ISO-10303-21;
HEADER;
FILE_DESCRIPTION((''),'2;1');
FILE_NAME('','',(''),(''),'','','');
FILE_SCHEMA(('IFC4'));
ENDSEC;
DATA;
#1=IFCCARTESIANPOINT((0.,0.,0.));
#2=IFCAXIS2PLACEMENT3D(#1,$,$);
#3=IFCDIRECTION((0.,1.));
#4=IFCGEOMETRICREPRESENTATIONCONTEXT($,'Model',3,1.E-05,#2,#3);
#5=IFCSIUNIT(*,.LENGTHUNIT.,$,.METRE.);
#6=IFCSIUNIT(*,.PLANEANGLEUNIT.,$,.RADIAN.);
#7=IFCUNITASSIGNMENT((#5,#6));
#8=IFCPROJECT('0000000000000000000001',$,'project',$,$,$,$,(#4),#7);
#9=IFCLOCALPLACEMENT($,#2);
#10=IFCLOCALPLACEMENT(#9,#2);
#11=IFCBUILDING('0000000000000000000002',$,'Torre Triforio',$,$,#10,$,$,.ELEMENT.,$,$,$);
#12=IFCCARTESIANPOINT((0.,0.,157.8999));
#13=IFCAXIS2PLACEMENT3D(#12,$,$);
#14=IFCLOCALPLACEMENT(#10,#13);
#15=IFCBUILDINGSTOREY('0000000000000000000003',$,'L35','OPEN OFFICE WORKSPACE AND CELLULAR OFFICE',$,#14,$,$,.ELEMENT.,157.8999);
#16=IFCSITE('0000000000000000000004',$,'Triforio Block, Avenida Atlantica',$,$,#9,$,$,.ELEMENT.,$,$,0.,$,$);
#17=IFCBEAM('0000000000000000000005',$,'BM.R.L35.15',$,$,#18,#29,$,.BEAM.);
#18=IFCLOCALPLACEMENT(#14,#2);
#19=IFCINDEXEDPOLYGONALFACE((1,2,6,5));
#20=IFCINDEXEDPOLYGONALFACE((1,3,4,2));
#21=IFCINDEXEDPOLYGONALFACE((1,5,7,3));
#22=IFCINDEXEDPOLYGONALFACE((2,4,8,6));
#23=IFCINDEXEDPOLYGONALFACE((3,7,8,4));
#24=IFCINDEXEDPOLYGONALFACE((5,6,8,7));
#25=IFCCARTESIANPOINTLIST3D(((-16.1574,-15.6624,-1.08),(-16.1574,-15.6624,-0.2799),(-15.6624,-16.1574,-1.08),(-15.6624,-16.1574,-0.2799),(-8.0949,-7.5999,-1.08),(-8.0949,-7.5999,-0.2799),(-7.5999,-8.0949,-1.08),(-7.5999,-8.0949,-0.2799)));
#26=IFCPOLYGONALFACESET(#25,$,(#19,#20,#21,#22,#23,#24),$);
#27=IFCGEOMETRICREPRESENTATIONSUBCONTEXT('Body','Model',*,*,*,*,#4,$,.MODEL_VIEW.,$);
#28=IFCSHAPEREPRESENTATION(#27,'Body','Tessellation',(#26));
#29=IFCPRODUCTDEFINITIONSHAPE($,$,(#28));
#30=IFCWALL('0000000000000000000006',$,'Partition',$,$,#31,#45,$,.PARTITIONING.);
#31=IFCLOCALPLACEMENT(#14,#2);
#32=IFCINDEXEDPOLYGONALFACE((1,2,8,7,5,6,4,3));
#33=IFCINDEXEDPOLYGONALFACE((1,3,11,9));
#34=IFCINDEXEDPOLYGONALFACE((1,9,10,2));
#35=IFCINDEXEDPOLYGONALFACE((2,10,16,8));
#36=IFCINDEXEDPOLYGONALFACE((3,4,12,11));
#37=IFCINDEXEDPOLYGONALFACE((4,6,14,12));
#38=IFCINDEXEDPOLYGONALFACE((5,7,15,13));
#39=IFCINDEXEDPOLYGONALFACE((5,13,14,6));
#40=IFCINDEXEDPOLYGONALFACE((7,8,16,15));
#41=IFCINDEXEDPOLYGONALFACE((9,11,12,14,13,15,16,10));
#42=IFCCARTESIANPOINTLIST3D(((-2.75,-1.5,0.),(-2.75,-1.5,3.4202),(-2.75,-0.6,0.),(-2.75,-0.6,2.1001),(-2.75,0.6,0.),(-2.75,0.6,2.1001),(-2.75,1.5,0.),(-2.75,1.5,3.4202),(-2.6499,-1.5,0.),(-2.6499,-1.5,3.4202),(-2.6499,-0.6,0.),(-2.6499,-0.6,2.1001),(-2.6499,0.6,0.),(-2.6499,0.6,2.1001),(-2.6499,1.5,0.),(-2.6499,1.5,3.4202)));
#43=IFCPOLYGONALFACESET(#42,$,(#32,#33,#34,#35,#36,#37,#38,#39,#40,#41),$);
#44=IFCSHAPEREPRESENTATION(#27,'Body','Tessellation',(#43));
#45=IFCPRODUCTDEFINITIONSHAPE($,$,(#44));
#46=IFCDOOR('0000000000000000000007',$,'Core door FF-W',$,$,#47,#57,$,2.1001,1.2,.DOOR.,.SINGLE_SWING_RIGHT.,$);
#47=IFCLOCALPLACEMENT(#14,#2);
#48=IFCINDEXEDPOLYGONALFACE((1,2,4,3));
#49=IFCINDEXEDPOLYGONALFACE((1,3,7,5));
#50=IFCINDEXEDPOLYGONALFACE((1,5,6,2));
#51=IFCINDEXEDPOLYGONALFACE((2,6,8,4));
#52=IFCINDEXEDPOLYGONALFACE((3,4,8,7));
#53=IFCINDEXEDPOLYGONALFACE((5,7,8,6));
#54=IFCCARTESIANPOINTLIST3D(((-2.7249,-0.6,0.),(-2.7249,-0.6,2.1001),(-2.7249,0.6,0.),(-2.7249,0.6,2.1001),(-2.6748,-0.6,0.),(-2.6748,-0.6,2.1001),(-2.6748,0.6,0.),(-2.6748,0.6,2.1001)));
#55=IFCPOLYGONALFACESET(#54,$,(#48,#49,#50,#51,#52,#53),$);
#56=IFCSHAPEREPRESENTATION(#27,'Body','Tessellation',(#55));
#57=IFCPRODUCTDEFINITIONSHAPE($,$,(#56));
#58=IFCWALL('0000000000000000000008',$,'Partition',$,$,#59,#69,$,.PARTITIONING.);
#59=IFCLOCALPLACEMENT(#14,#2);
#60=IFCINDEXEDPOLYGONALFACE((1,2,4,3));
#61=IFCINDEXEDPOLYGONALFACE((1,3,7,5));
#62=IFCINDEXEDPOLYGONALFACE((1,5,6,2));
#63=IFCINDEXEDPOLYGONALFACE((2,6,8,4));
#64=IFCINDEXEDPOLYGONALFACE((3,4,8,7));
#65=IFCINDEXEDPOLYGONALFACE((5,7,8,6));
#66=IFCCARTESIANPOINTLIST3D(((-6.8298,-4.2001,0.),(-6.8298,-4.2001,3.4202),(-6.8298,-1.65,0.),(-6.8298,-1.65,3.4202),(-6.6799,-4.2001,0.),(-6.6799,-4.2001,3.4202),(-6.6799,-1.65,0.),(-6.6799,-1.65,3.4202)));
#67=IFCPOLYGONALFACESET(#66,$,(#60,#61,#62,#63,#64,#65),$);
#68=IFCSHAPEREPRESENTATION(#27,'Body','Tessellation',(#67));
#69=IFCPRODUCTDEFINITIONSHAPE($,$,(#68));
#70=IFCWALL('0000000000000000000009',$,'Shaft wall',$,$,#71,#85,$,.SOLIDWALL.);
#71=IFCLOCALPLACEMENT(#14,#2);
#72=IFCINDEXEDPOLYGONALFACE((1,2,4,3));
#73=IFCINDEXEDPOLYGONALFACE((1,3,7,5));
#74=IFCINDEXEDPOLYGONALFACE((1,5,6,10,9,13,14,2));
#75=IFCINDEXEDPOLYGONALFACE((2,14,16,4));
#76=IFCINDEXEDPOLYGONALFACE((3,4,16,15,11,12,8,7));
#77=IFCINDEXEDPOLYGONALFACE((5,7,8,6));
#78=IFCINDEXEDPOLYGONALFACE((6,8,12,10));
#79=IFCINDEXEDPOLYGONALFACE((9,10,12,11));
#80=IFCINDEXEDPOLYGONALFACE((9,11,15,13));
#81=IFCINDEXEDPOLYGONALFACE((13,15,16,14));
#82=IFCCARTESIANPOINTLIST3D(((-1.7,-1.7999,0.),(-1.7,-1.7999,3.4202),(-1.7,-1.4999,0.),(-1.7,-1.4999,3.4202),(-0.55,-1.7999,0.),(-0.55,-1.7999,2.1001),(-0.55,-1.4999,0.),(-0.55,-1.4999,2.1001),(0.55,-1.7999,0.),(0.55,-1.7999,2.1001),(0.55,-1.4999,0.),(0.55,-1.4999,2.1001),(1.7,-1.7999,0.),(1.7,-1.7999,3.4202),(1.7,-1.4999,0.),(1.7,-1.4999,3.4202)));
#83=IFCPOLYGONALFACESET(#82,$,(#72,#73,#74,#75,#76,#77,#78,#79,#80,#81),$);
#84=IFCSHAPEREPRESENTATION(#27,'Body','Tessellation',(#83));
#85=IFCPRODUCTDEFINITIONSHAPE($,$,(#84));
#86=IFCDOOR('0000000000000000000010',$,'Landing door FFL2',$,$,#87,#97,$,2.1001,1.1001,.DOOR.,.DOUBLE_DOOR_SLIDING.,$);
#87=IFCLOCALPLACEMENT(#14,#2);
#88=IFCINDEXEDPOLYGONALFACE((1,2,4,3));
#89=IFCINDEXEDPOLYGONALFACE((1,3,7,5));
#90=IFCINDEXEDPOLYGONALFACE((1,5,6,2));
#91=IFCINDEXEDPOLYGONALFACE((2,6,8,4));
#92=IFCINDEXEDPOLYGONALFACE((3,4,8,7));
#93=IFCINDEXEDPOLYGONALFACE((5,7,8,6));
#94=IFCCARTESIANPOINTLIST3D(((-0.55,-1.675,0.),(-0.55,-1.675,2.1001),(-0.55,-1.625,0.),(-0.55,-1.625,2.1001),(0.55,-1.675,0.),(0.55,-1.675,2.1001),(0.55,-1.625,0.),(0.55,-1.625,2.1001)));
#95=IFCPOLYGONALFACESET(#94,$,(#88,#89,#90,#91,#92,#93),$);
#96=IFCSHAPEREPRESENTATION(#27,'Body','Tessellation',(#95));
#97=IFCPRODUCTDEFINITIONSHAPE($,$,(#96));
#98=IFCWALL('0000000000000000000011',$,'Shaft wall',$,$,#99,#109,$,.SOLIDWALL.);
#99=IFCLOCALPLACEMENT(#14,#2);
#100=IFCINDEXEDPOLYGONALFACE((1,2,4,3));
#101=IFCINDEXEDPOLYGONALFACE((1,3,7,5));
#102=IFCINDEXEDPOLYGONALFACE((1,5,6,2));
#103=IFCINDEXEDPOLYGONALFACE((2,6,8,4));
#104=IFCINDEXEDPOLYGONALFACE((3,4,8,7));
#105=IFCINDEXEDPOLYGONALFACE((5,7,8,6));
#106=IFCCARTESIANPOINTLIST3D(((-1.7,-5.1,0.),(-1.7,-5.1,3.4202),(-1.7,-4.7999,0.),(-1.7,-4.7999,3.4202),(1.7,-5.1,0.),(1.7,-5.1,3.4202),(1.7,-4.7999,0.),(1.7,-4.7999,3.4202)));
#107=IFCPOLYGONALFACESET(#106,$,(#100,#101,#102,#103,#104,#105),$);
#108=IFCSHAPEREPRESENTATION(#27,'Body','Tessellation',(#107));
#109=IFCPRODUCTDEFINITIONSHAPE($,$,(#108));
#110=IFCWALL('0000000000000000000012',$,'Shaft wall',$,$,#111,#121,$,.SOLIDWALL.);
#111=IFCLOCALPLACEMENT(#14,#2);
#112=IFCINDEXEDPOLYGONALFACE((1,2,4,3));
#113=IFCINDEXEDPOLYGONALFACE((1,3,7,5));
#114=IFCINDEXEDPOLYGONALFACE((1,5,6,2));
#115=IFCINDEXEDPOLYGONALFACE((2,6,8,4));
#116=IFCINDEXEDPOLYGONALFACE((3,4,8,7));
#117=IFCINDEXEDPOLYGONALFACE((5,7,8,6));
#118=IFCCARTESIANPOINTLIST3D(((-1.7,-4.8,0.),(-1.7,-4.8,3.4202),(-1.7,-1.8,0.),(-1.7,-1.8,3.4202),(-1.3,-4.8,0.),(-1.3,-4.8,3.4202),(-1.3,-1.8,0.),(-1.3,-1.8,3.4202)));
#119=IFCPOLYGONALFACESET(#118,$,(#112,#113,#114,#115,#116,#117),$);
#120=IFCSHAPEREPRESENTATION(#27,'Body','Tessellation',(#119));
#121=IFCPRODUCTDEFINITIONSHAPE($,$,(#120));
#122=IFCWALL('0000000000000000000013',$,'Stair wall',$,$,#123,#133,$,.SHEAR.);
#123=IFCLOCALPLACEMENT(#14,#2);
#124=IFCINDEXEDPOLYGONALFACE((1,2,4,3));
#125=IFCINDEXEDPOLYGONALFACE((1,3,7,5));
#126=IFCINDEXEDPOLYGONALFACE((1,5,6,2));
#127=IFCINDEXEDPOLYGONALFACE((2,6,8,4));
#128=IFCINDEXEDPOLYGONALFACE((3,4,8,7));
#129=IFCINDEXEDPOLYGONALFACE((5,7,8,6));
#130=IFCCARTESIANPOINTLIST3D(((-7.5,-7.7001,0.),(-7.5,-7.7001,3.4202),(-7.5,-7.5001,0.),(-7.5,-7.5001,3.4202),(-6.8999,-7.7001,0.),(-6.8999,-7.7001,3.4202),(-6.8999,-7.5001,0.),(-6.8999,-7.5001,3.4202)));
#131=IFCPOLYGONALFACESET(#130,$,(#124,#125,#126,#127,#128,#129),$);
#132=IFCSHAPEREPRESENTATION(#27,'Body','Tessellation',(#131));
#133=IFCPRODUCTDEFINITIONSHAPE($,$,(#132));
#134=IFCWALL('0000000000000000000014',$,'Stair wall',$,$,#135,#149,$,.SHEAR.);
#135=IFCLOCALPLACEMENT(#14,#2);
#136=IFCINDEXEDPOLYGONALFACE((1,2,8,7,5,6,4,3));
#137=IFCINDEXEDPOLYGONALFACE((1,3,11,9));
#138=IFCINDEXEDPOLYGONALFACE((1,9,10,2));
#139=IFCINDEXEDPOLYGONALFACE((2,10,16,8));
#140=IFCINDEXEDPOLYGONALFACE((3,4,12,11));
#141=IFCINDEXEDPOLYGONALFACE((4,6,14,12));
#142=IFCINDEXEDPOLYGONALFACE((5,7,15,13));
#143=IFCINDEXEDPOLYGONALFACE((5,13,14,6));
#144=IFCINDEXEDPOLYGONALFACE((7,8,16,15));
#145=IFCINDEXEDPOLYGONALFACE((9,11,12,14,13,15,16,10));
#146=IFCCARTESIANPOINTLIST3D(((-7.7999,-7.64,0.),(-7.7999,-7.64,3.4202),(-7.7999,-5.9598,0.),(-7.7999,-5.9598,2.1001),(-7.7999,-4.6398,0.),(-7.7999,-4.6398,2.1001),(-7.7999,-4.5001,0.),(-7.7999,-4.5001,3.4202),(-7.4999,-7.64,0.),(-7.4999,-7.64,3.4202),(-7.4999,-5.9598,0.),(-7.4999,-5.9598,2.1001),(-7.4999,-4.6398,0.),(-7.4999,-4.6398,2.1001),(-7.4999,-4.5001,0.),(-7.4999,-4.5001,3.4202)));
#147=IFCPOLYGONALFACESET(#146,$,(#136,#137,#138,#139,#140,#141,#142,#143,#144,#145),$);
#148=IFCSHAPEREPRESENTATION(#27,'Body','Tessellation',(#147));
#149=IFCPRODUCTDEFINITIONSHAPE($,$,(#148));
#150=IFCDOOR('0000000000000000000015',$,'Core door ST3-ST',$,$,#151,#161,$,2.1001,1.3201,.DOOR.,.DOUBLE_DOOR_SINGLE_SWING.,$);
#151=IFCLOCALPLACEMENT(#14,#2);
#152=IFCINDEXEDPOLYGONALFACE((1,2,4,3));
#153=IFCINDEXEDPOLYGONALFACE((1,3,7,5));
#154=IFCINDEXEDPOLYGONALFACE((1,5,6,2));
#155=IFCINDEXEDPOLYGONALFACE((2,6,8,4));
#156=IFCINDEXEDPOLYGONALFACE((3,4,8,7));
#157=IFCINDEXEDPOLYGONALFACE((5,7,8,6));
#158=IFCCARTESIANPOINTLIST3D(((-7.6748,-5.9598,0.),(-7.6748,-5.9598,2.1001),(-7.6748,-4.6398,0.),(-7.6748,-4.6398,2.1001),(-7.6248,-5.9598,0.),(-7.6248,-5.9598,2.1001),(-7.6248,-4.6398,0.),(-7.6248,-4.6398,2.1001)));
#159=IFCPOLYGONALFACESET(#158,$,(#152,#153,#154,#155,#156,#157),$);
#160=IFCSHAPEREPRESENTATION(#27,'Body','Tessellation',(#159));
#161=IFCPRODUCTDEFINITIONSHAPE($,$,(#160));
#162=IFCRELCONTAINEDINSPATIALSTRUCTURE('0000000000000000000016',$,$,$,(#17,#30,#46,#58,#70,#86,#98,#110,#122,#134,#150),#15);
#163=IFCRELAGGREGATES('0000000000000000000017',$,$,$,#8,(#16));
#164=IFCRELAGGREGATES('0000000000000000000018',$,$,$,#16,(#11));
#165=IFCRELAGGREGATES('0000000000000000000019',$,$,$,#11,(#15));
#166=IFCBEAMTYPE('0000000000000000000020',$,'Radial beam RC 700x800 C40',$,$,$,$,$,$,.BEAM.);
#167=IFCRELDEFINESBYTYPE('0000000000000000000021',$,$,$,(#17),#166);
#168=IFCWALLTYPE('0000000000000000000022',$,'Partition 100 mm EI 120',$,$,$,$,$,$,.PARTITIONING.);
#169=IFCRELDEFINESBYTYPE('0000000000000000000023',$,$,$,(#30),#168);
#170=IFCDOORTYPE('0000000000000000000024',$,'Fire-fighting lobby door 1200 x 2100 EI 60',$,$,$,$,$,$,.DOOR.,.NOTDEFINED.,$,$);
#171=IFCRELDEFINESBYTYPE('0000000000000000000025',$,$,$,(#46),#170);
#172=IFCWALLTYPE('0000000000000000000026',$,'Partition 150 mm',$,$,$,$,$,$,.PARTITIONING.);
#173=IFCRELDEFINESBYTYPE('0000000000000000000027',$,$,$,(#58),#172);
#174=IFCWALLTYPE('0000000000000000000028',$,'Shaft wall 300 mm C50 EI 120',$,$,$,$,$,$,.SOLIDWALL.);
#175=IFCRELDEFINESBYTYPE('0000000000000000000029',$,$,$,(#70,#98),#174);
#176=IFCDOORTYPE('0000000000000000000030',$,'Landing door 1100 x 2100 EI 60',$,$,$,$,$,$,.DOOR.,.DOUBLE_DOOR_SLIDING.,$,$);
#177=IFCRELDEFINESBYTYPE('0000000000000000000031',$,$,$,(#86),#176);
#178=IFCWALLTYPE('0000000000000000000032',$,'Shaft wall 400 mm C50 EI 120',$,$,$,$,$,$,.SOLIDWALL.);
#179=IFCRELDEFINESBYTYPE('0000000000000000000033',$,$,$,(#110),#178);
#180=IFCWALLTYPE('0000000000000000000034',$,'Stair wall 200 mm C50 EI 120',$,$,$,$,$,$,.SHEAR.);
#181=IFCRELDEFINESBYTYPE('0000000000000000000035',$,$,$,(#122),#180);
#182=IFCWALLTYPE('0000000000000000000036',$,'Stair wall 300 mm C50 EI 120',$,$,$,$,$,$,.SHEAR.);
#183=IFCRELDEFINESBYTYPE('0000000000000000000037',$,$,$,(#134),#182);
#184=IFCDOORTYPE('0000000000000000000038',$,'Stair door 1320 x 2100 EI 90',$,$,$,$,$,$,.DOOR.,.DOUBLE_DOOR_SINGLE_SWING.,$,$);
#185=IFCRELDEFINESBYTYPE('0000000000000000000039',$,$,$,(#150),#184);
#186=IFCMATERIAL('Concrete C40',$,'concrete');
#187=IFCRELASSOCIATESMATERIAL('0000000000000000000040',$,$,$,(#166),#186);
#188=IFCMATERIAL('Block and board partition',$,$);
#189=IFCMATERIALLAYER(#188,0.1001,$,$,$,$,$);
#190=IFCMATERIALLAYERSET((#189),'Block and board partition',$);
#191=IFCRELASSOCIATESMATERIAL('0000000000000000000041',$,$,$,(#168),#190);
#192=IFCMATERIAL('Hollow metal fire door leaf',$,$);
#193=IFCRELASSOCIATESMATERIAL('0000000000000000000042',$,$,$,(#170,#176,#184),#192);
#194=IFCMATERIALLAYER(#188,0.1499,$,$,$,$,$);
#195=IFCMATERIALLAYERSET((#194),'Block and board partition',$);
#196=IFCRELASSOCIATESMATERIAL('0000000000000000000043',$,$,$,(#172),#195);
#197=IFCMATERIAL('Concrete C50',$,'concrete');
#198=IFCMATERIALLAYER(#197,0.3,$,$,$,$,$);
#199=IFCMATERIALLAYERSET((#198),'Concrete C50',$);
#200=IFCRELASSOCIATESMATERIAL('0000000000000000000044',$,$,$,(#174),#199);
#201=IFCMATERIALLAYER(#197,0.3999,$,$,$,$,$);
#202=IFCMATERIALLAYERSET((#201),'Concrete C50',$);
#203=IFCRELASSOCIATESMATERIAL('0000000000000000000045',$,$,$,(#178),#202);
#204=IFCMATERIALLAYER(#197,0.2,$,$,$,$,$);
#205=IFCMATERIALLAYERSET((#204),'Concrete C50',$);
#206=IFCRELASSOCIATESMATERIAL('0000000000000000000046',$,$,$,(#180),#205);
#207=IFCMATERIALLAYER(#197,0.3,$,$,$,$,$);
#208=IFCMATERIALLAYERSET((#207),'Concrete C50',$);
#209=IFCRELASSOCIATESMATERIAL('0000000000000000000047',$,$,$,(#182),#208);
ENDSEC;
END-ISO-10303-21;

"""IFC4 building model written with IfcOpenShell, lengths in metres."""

from ifc_helpers import new_model, si_unit, direction, frame, frame_2d, origin, origin_2d, place, context, subcontext, project, spatial, rectangle, extrude, material, layer, layer_set, material_profile, profile_set, type_object, element, fill, save


model = new_model("IFC4")

# Units and contexts
model_context = context("Model", 3, precision=1e-05, world=origin(), true_north=direction((0.0, 1.0)))
body_context = subcontext(model_context, "Body", "Model", "MODEL_VIEW")
ifc_project = project(units=[si_unit("LENGTHUNIT", "METRE"), si_unit("PLANEANGLEUNIT", "RADIAN")], contexts=[model_context])

# Site, building, storey
site_placement = place(None, origin())
site = spatial("IfcSite", under=ifc_project, at=site_placement, Name="Triforio Block, Avenida Atlantica", CompositionType="ELEMENT", RefElevation=0.0)
building_placement = place(site_placement, origin())
building = spatial("IfcBuilding", under=site, at=building_placement, Name="Torre Triforio", CompositionType="ELEMENT")
storey_placement = place(building_placement, frame((0.0, 0.0, 157.8999)))
storey = spatial("IfcBuildingStorey", under=building, at=storey_placement, Name="L35", Description="OPEN OFFICE WORKSPACE AND CELLULAR OFFICE", CompositionType="ELEMENT", Elevation=157.8999)

# Beam
ifc_material_1 = material(Name="Concrete C40", Category="concrete")
ifc_material_profile = material_profile(ifc_material_1, rectangle(XDim=0.7, YDim=0.8, at=origin_2d()), Name="RC 700x800")
ifc_profile_set = profile_set([ifc_material_profile], Name="Concrete C40")
beam_type = type_object("IfcBeamType", Name="Radial beam RC 700x800 C40", PredefinedType="BEAM", material=ifc_profile_set)
beam_placement = place(storey_placement, frame((-7.8474, -7.8474, -0.6799), z_axis=(-0.707107, -0.707107, 0.0), x_axis=(0.707107, -0.707107, 0.0)))
element("IfcBeam", 1, at=beam_placement, inside=storey, type_object=beam_type, Name="BM.R.L35.15", PredefinedType="BEAM", context=body_context, shape_type="SweptSolid", body=[
    extrude(rectangle(XDim=0.7, YDim=0.8, at=origin_2d()), origin(), (0.0, 0.0, 1.0), 11.4021),
])

# Wall, opening, door
ifc_material_2 = material(Name="Block and board partition")
ifc_layer_1 = layer(ifc_material_2, 0.1001)
ifc_layer_set_1 = layer_set([ifc_layer_1], Name="Block and board partition")
wall_type_1 = type_object("IfcWallType", Name="Partition 100 mm EI 120", PredefinedType="PARTITIONING", material=ifc_layer_set_1)
wall_1_placement = place(storey_placement, frame((-2.7, -1.5, 0.0), z_axis=(0.0, 0.0, 1.0), x_axis=(0.0, 1.0, 0.0)))
wall_1 = element("IfcWall", 2, at=wall_1_placement, inside=storey, type_object=wall_type_1, Name="Partition", PredefinedType="PARTITIONING", context=body_context, shape_type="SweptSolid", body=[
    extrude(rectangle(XDim=3.0, YDim=0.1001, at=frame_2d((1.5, 0.0))), origin(), (0.0, 0.0, 1.0), 3.4202),
])
opening_1_placement = place(wall_1_placement, frame((0.8999, 0.0, 0.0)))
opening_1 = element("IfcOpeningElement", 3, at=opening_1_placement, cuts=wall_1, PredefinedType="OPENING", context=body_context, shape_type="SweptSolid", body=[
    extrude(rectangle(XDim=1.2, YDim=2.1001, at=frame_2d((0.6001, 1.05))), frame((0.0, 0.0601, 0.0), z_axis=(0.0, -1.0, 0.0), x_axis=(1.0, 0.0, 0.0)), (0.0, 0.0, 1.0), 0.1201),
])
ifc_material_3 = material(Name="Hollow metal fire door leaf")
door_type_1 = type_object("IfcDoorType", Name="Fire-fighting lobby door 1200 x 2100 EI 60", OperationType="NOTDEFINED", PredefinedType="DOOR", material=ifc_material_3)
door_1_placement = place(opening_1_placement, origin())
door_1 = element("IfcDoor", 4, at=door_1_placement, inside=storey, type_object=door_type_1, Name="Core door FF-W", OperationType="SINGLE_SWING_RIGHT", OverallHeight=2.1001, OverallWidth=1.2, PredefinedType="DOOR", context=body_context, shape_type="SweptSolid", body=[
    extrude(rectangle(XDim=1.2, YDim=2.1001, at=frame_2d((0.6001, 1.05))), frame((0.0, 0.0249, 0.0), z_axis=(0.0, -1.0, 0.0), x_axis=(1.0, 0.0, 0.0)), (0.0, 0.0, 1.0), 0.05),
])
fill(opening_1, door_1)

# Wall
ifc_layer_2 = layer(ifc_material_2, 0.1499)
ifc_layer_set_2 = layer_set([ifc_layer_2], Name="Block and board partition")
wall_type_2 = type_object("IfcWallType", Name="Partition 150 mm", PredefinedType="PARTITIONING", material=ifc_layer_set_2)
wall_2_placement = place(storey_placement, frame((-6.7549, -4.2, 0.0), z_axis=(0.0, 0.0, 1.0), x_axis=(0.0, 1.0, 0.0)))
element("IfcWall", 5, at=wall_2_placement, inside=storey, type_object=wall_type_2, Name="Partition", PredefinedType="PARTITIONING", context=body_context, shape_type="SweptSolid", body=[
    extrude(rectangle(XDim=2.55, YDim=0.1499, at=frame_2d((1.2749, 0.0))), origin(), (0.0, 0.0, 1.0), 3.4202),
])

# Wall, opening, door
ifc_material_4 = material(Name="Concrete C50", Category="concrete")
ifc_layer_3 = layer(ifc_material_4, 0.3)
ifc_layer_set_3 = layer_set([ifc_layer_3], Name="Concrete C50")
wall_type_3 = type_object("IfcWallType", Name="Shaft wall 300 mm C50 EI 120", PredefinedType="SOLIDWALL", material=ifc_layer_set_3)
wall_3_placement = place(storey_placement, frame((-1.7, -1.6499, 0.0), z_axis=(0.0, 0.0, 1.0), x_axis=(1.0, 0.0, 0.0)))
wall_3 = element("IfcWall", 6, at=wall_3_placement, inside=storey, type_object=wall_type_3, Name="Shaft wall", PredefinedType="SOLIDWALL", context=body_context, shape_type="SweptSolid", body=[
    extrude(rectangle(XDim=3.3999, YDim=0.3, at=frame_2d((1.7, 0.0))), origin(), (0.0, 0.0, 1.0), 3.4202),
])
opening_2_placement = place(wall_3_placement, frame((1.1499, 0.0, 0.0)))
opening_2 = element("IfcOpeningElement", 7, at=opening_2_placement, cuts=wall_3, PredefinedType="OPENING", context=body_context, shape_type="SweptSolid", body=[
    extrude(rectangle(XDim=1.1001, YDim=2.1001, at=frame_2d((0.55, 1.05))), frame((0.0, 0.1599, 0.0), z_axis=(0.0, -1.0, 0.0), x_axis=(1.0, 0.0, 0.0)), (0.0, 0.0, 1.0), 0.3201),
])
door_type_2 = type_object("IfcDoorType", Name="Landing door 1100 x 2100 EI 60", OperationType="DOUBLE_DOOR_SLIDING", PredefinedType="DOOR", material=ifc_material_3)
door_2_placement = place(opening_2_placement, origin())
door_2 = element("IfcDoor", 8, at=door_2_placement, inside=storey, type_object=door_type_2, Name="Landing door FFL2", OperationType="DOUBLE_DOOR_SLIDING", OverallHeight=2.1001, OverallWidth=1.1001, PredefinedType="DOOR", context=body_context, shape_type="SweptSolid", body=[
    extrude(rectangle(XDim=1.1001, YDim=2.1001, at=frame_2d((0.55, 1.05))), frame((0.0, 0.0249, 0.0), z_axis=(0.0, -1.0, 0.0), x_axis=(1.0, 0.0, 0.0)), (0.0, 0.0, 1.0), 0.05),
])
fill(opening_2, door_2)

# Walls
wall_4_placement = place(storey_placement, frame((-1.7, -4.95, 0.0), z_axis=(0.0, 0.0, 1.0), x_axis=(1.0, 0.0, 0.0)))
element("IfcWall", 9, at=wall_4_placement, inside=storey, type_object=wall_type_3, Name="Shaft wall", PredefinedType="SOLIDWALL", context=body_context, shape_type="SweptSolid", body=[
    extrude(rectangle(XDim=3.3999, YDim=0.3, at=frame_2d((1.7, 0.0))), origin(), (0.0, 0.0, 1.0), 3.4202),
])
ifc_layer_4 = layer(ifc_material_4, 0.3999)
ifc_layer_set_4 = layer_set([ifc_layer_4], Name="Concrete C50")
wall_type_4 = type_object("IfcWallType", Name="Shaft wall 400 mm C50 EI 120", PredefinedType="SOLIDWALL", material=ifc_layer_set_4)
wall_5_placement = place(storey_placement, frame((-1.5, -4.8, 0.0), z_axis=(0.0, 0.0, 1.0), x_axis=(0.0, 1.0, 0.0)))
element("IfcWall", 10, at=wall_5_placement, inside=storey, type_object=wall_type_4, Name="Shaft wall", PredefinedType="SOLIDWALL", context=body_context, shape_type="SweptSolid", body=[
    extrude(rectangle(XDim=3.0, YDim=0.3999, at=frame_2d((1.5, 0.0))), origin(), (0.0, 0.0, 1.0), 3.4202),
])
ifc_layer_5 = layer(ifc_material_4, 0.2)
ifc_layer_set_5 = layer_set([ifc_layer_5], Name="Concrete C50")
wall_type_5 = type_object("IfcWallType", Name="Stair wall 200 mm C50 EI 120", PredefinedType="SHEAR", material=ifc_layer_set_5)
wall_6_placement = place(storey_placement, frame((-7.5, -7.6001, 0.0), z_axis=(0.0, 0.0, 1.0), x_axis=(1.0, 0.0, 0.0)))
element("IfcWall", 11, at=wall_6_placement, inside=storey, type_object=wall_type_5, Name="Stair wall", PredefinedType="SHEAR", context=body_context, shape_type="SweptSolid", body=[
    extrude(rectangle(XDim=0.6001, YDim=0.2, at=frame_2d((0.3, 0.0))), origin(), (0.0, 0.0, 1.0), 3.4202),
])

# Wall, opening, door
ifc_layer_6 = layer(ifc_material_4, 0.3)
ifc_layer_set_6 = layer_set([ifc_layer_6], Name="Concrete C50")
wall_type_6 = type_object("IfcWallType", Name="Stair wall 300 mm C50 EI 120", PredefinedType="SHEAR", material=ifc_layer_set_6)
wall_7_placement = place(storey_placement, frame((-7.6499, -7.6399, 0.0), z_axis=(0.0, 0.0, 1.0), x_axis=(0.0, 1.0, 0.0)))
wall_7 = element("IfcWall", 12, at=wall_7_placement, inside=storey, type_object=wall_type_6, Name="Stair wall", PredefinedType="SHEAR", context=body_context, shape_type="SweptSolid", body=[
    extrude(rectangle(XDim=3.1399, YDim=0.3, at=frame_2d((1.5698, 0.0))), origin(), (0.0, 0.0, 1.0), 3.4202),
])
opening_3_placement = place(wall_7_placement, frame((1.6799, 0.0, 0.0)))
opening_3 = element("IfcOpeningElement", 13, at=opening_3_placement, cuts=wall_7, PredefinedType="OPENING", context=body_context, shape_type="SweptSolid", body=[
    extrude(rectangle(XDim=1.3201, YDim=2.1001, at=frame_2d((0.6602, 1.05))), frame((0.0, 0.1599, 0.0), z_axis=(0.0, -1.0, 0.0), x_axis=(1.0, 0.0, 0.0)), (0.0, 0.0, 1.0), 0.3201),
])
door_type_3 = type_object("IfcDoorType", Name="Stair door 1320 x 2100 EI 90", OperationType="DOUBLE_DOOR_SINGLE_SWING", PredefinedType="DOOR", material=ifc_material_3)
door_3_placement = place(opening_3_placement, origin())
door_3 = element("IfcDoor", 14, at=door_3_placement, inside=storey, type_object=door_type_3, Name="Core door ST3-ST", OperationType="DOUBLE_DOOR_SINGLE_SWING", OverallHeight=2.1001, OverallWidth=1.3201, PredefinedType="DOOR", context=body_context, shape_type="SweptSolid", body=[
    extrude(rectangle(XDim=1.3201, YDim=2.1001, at=frame_2d((0.6602, 1.05))), frame((0.0, 0.0249, 0.0), z_axis=(0.0, -1.0, 0.0), x_axis=(1.0, 0.0, 0.0)), (0.0, 0.0, 1.0), 0.05),
])
fill(opening_3, door_3)

save(model, "model.ifc")
